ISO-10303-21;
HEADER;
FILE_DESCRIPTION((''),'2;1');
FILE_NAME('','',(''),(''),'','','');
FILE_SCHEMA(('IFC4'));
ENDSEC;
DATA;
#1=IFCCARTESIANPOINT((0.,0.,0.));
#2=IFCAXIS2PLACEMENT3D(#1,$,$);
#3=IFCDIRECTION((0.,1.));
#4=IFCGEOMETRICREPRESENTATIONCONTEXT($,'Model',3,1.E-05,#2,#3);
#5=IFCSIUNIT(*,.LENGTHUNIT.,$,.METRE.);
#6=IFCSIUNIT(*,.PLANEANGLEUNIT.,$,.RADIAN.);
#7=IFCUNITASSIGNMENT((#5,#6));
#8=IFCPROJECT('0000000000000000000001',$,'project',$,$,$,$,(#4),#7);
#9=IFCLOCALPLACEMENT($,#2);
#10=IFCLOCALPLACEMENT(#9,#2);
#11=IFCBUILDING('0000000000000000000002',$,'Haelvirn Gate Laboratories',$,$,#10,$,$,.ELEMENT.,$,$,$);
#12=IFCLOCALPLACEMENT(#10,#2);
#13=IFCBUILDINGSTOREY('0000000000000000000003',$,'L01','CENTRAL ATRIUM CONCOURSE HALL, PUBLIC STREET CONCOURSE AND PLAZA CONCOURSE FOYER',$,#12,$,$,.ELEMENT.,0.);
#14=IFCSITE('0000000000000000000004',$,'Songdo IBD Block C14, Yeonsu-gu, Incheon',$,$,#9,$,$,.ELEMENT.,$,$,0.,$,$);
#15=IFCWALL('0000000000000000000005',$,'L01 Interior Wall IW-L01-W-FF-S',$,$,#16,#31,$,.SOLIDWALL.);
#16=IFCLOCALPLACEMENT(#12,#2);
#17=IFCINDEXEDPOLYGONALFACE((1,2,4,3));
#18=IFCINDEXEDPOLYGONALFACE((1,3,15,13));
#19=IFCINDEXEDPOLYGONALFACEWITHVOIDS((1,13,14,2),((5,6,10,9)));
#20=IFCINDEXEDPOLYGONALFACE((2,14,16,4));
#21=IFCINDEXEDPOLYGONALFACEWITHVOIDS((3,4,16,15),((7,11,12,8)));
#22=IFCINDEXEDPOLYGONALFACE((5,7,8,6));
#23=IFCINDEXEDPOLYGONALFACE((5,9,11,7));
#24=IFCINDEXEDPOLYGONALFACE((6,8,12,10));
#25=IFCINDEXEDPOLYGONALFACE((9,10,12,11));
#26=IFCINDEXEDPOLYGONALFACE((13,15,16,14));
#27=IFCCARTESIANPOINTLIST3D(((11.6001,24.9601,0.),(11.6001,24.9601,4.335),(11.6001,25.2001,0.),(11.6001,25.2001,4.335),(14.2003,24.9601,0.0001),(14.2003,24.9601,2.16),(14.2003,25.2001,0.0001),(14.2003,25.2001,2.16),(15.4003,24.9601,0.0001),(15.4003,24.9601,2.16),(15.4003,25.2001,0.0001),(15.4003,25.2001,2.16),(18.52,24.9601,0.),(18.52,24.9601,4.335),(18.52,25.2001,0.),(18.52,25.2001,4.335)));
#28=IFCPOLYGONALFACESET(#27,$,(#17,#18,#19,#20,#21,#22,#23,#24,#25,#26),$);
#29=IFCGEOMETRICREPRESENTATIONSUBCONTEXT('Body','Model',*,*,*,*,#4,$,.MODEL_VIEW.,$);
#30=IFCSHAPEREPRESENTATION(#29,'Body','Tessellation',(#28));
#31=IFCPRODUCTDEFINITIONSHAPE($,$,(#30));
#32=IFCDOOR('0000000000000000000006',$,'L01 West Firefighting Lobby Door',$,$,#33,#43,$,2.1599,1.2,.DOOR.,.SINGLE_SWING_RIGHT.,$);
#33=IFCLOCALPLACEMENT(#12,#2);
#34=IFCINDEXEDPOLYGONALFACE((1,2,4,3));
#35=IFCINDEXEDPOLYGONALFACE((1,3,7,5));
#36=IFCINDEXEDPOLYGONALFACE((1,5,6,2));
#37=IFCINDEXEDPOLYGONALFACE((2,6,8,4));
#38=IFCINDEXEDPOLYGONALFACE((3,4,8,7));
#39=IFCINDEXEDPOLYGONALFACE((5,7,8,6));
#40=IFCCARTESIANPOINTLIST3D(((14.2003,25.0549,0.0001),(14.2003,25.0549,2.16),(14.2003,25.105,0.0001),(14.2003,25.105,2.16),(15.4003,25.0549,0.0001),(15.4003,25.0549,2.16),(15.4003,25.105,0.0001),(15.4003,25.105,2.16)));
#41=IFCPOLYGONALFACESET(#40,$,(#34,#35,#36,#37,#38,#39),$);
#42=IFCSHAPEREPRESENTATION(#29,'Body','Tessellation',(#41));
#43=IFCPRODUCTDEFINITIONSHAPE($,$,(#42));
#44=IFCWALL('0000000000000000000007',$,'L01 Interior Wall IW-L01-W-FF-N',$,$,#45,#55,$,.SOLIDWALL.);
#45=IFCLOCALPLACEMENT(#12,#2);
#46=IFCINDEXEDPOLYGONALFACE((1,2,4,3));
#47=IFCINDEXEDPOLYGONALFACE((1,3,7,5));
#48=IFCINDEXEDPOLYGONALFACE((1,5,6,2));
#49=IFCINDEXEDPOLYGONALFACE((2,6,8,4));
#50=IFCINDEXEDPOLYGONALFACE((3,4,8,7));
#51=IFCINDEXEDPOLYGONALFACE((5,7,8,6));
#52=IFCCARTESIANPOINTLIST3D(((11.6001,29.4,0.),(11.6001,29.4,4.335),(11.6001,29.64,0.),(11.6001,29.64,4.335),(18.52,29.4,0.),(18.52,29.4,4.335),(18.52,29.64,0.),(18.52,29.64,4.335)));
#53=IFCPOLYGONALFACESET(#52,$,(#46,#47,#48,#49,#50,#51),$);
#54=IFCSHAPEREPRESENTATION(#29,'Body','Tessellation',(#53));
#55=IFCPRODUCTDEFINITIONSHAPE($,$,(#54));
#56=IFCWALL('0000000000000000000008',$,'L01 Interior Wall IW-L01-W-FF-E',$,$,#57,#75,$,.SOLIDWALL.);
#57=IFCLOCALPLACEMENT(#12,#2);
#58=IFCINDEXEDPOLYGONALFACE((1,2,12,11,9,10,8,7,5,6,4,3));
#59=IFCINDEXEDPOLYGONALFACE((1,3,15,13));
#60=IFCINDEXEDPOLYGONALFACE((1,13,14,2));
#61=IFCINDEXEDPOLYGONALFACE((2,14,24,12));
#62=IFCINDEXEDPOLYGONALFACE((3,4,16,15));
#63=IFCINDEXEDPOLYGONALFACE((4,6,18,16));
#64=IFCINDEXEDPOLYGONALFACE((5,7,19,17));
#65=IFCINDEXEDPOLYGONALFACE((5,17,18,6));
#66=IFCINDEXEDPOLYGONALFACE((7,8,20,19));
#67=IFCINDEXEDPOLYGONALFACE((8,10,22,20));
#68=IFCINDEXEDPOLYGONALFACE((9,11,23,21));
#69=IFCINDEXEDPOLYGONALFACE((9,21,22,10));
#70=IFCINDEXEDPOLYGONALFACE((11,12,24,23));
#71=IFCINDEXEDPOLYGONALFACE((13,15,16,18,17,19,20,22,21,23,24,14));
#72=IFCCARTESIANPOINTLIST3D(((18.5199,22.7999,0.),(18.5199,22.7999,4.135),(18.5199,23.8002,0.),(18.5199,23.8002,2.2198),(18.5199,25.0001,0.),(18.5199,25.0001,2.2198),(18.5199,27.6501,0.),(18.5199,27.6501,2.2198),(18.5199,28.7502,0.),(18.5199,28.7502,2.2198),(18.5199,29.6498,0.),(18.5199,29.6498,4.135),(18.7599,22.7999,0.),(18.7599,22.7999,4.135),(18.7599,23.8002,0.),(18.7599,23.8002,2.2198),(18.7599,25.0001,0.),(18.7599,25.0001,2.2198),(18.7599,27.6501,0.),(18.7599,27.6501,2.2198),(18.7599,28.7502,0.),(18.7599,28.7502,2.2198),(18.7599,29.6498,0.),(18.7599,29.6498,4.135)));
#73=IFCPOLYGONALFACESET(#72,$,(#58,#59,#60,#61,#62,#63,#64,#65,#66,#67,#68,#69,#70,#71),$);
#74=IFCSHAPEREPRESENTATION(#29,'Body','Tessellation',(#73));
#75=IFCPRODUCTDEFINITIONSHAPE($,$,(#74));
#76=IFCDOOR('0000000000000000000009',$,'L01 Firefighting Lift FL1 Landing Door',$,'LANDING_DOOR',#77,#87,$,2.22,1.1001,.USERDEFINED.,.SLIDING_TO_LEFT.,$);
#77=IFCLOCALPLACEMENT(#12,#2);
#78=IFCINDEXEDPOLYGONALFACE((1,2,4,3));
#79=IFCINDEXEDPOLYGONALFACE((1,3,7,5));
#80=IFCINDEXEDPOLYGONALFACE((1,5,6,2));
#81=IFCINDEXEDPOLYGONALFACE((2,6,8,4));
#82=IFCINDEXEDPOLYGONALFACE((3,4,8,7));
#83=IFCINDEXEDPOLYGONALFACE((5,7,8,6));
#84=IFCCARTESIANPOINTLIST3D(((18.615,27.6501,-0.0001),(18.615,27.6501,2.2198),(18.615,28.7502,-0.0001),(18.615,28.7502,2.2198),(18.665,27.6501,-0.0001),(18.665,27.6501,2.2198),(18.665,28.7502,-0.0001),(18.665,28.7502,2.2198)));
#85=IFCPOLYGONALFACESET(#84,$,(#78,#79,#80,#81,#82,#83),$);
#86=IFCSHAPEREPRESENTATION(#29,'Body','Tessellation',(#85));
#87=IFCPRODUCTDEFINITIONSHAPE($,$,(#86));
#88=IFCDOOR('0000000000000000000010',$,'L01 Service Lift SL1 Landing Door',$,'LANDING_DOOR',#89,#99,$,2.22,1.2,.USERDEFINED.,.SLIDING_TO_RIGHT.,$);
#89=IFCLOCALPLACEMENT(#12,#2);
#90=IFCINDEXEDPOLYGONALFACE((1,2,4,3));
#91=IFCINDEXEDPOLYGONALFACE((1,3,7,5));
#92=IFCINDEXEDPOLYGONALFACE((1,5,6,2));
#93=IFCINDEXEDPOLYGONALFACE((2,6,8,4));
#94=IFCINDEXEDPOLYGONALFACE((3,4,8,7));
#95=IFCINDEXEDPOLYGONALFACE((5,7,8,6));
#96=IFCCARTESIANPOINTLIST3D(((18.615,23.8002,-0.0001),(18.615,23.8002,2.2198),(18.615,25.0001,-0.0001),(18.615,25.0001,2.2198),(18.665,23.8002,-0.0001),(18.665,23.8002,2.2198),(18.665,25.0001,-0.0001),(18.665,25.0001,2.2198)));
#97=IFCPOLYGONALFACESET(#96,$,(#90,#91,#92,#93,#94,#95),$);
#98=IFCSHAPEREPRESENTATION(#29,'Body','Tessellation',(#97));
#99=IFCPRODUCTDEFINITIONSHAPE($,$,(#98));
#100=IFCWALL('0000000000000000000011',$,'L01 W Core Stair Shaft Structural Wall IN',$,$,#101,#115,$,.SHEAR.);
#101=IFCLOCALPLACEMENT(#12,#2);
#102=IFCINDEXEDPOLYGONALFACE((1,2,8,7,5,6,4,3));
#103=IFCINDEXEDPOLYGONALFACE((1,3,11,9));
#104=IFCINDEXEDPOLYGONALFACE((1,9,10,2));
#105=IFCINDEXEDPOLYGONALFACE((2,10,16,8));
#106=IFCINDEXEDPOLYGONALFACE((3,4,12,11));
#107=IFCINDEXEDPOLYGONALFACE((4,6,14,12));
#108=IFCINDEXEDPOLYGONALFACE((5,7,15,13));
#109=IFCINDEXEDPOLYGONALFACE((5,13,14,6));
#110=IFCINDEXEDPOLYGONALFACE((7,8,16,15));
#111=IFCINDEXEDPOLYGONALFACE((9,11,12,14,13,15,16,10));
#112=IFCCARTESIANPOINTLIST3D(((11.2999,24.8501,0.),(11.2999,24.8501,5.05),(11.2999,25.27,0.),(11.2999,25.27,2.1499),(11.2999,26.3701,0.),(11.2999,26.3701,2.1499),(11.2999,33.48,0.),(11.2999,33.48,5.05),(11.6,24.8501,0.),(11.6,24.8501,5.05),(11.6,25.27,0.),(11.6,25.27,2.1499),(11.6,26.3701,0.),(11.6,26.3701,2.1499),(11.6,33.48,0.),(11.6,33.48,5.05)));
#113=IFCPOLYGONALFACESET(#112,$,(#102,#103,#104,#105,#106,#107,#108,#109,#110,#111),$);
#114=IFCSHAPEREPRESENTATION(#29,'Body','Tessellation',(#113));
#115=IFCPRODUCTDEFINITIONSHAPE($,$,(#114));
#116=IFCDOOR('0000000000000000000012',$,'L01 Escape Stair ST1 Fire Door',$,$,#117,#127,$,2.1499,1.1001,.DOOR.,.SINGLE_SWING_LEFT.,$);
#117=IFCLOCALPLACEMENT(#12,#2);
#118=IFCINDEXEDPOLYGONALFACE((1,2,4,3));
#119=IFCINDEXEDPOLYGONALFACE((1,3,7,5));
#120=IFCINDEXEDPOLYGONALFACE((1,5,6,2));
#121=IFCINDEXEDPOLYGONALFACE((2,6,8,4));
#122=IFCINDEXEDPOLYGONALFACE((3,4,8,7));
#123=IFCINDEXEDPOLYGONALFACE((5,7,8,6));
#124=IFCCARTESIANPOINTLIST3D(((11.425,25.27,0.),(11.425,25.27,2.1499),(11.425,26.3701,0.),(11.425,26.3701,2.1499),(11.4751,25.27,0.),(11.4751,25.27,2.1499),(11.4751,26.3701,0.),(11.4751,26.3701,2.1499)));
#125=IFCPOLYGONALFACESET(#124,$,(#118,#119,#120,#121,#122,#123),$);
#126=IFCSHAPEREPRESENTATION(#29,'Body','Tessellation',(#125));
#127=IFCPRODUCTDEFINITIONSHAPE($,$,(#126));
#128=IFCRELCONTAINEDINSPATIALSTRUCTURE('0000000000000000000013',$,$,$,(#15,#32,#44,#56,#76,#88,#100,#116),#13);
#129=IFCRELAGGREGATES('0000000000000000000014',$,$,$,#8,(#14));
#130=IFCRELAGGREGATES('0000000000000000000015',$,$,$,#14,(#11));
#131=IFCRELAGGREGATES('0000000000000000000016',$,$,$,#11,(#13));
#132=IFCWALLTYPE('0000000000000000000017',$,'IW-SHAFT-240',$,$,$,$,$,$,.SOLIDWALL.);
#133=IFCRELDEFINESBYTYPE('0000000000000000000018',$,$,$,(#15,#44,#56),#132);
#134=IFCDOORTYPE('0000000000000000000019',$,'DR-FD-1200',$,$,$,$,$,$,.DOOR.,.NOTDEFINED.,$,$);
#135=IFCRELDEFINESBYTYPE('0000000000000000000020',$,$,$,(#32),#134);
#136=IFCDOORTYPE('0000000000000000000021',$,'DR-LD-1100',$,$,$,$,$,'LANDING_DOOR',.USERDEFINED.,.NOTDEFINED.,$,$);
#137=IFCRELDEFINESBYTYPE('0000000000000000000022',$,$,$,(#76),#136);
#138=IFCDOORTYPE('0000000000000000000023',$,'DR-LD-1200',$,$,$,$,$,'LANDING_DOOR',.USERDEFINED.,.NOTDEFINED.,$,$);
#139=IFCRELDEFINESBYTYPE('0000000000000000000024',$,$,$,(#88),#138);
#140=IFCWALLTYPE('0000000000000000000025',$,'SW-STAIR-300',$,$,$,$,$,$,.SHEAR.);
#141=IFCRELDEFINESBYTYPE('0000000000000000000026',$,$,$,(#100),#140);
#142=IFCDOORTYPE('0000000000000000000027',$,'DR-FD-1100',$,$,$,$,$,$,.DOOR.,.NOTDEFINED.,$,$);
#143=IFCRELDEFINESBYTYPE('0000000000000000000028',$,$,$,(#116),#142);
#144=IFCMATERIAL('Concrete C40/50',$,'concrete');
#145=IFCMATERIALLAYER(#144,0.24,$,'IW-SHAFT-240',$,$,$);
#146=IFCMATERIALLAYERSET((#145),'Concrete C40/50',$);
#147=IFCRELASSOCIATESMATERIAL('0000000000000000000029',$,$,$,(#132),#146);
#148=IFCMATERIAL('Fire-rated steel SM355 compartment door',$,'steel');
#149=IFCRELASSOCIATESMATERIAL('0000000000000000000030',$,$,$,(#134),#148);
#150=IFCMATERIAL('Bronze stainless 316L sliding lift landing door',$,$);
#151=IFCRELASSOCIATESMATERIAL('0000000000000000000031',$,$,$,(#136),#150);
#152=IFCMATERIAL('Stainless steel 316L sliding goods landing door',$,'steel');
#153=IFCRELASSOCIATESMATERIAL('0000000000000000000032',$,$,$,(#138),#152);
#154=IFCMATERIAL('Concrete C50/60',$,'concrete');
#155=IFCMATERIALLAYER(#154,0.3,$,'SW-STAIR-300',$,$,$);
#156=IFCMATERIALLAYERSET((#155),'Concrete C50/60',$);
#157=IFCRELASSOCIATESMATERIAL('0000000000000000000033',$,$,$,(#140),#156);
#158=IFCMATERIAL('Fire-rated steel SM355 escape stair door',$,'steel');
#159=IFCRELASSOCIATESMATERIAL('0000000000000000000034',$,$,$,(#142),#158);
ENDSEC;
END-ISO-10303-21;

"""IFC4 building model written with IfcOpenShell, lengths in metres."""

from ifc_helpers import new_model, si_unit, direction, frame, frame_2d, origin, place, context, subcontext, project, spatial, rectangle, extrude, source, transform, mapped, material, layer, layer_set, type_object, type_shapes, element, fill, save


model = new_model("IFC4")

# Units and contexts
model_context = context("Model", 3, precision=1e-05, world=origin(), true_north=direction((0.0, 1.0)))
body_context = subcontext(model_context, "Body", "Model", "MODEL_VIEW")
ifc_project = project(units=[si_unit("LENGTHUNIT", "METRE"), si_unit("PLANEANGLEUNIT", "RADIAN")], contexts=[model_context])

# Site, building, storey
site_placement = place(None, origin())
site = spatial("IfcSite", under=ifc_project, at=site_placement, Name="Songdo IBD Block C14, Yeonsu-gu, Incheon", CompositionType="ELEMENT", RefElevation=0.0)
building_placement = place(site_placement, origin())
building = spatial("IfcBuilding", under=site, at=building_placement, Name="Haelvirn Gate Laboratories", CompositionType="ELEMENT")
storey_placement = place(building_placement, origin())
storey = spatial("IfcBuildingStorey", under=building, at=storey_placement, Name="L01", Description="CENTRAL ATRIUM CONCOURSE HALL, PUBLIC STREET CONCOURSE AND PLAZA CONCOURSE FOYER", CompositionType="ELEMENT", Elevation=0.0)

# Shared definitions
ifc_material_1 = material(Name="Concrete C40/50", Category="concrete")

# Wall, opening, door
ifc_layer_1 = layer(ifc_material_1, 0.24, Name="IW-SHAFT-240")
ifc_layer_set_1 = layer_set([ifc_layer_1], Name="Concrete C40/50")
wall_type_1 = type_object("IfcWallType", Name="IW-SHAFT-240", PredefinedType="SOLIDWALL", material=ifc_layer_set_1)
wall_1_placement = place(storey_placement, frame((11.6001, 25.0801, 0.0), z_axis=(0.0, 0.0, 1.0), x_axis=(1.0, 0.0, 0.0)))
wall_1 = element("IfcWall", 1, at=wall_1_placement, inside=storey, type_object=wall_type_1, Name="L01 Interior Wall IW-L01-W-FF-S", PredefinedType="SOLIDWALL", context=body_context, shape_type="SweptSolid", body=[
    extrude(rectangle(XDim=6.9199, YDim=0.24, at=frame_2d((3.46, 0.0))), origin(), (0.0, 0.0, 1.0), 4.335),
])
opening_1_placement = place(wall_1_placement, frame((2.6001, 0.0, 0.0)))
opening_1 = element("IfcOpeningElement", 2, at=opening_1_placement, cuts=wall_1, PredefinedType="OPENING", context=body_context, shape_type="SweptSolid", body=[
    extrude(rectangle(XDim=1.2, YDim=2.1599, at=frame_2d((0.6001, 1.0801))), frame((0.0, 0.1299, 0.0), z_axis=(0.0, -1.0, 0.0), x_axis=(1.0, 0.0, 0.0)), (0.0, 0.0, 1.0), 0.26),
])
ifc_material_2 = material(Name="Fire-rated steel SM355 compartment door", Category="steel")
door_type_1 = type_object("IfcDoorType", Name="DR-FD-1200", OperationType="NOTDEFINED", PredefinedType="DOOR", material=ifc_material_2)
shared_shape_1 = source(origin(), body_context, "Body", "SweptSolid", [
    extrude(rectangle(XDim=1.2, YDim=2.1599, at=frame_2d((0.6001, 1.0801))), frame((0.0, 0.0249, 0.0), z_axis=(0.0, -1.0, 0.0), x_axis=(1.0, 0.0, 0.0)), (0.0, 0.0, 1.0), 0.05),
])
type_shapes(door_type_1, [shared_shape_1])
door_1_placement = place(opening_1_placement, origin())
door_1 = element("IfcDoor", 3, at=door_1_placement, inside=storey, type_object=door_type_1, Name="L01 West Firefighting Lobby Door", OperationType="SINGLE_SWING_RIGHT", OverallHeight=2.1599, OverallWidth=1.2, PredefinedType="DOOR", context=body_context, shape_type="MappedRepresentation", body=[
    mapped(shared_shape_1, transform((0.0, 0.0, 0.0), scale=1.0)),
])
fill(opening_1, door_1)

# Wall
wall_2_placement = place(storey_placement, frame((11.6001, 29.52, 0.0), z_axis=(0.0, 0.0, 1.0), x_axis=(1.0, 0.0, 0.0)))
element("IfcWall", 4, at=wall_2_placement, inside=storey, type_object=wall_type_1, Name="L01 Interior Wall IW-L01-W-FF-N", PredefinedType="SOLIDWALL", context=body_context, shape_type="SweptSolid", body=[
    extrude(rectangle(XDim=6.9199, YDim=0.24, at=frame_2d((3.46, 0.0))), origin(), (0.0, 0.0, 1.0), 4.335),
])

# Wall, openings, doors
wall_3_placement = place(storey_placement, frame((18.6399, 22.8, 0.0), z_axis=(0.0, 0.0, 1.0), x_axis=(0.0, 1.0, 0.0)))
wall_3 = element("IfcWall", 5, at=wall_3_placement, inside=storey, type_object=wall_type_1, Name="L01 Interior Wall IW-L01-W-FF-E", PredefinedType="SOLIDWALL", context=body_context, shape_type="SweptSolid", body=[
    extrude(rectangle(XDim=6.8499, YDim=0.24, at=frame_2d((3.4248, 0.0))), origin(), (0.0, 0.0, 1.0), 4.135),
])
opening_2_placement = place(wall_3_placement, frame((4.8501, 0.0, 0.0)))
opening_2 = element("IfcOpeningElement", 6, at=opening_2_placement, cuts=wall_3, PredefinedType="OPENING", context=body_context, shape_type="SweptSolid", body=[
    extrude(rectangle(XDim=1.1001, YDim=2.22, at=frame_2d((0.55, 1.1099))), frame((0.0, 0.1299, 0.0), z_axis=(0.0, -1.0, 0.0), x_axis=(1.0, 0.0, 0.0)), (0.0, 0.0, 1.0), 0.26),
])
opening_3_placement = place(wall_3_placement, frame((1.0, 0.0, 0.0)))
opening_3 = element("IfcOpeningElement", 7, at=opening_3_placement, cuts=wall_3, PredefinedType="OPENING", context=body_context, shape_type="SweptSolid", body=[
    extrude(rectangle(XDim=1.2, YDim=2.22, at=frame_2d((0.6001, 1.1099))), frame((0.0, 0.1299, 0.0), z_axis=(0.0, -1.0, 0.0), x_axis=(1.0, 0.0, 0.0)), (0.0, 0.0, 1.0), 0.26),
])
ifc_material_3 = material(Name="Bronze stainless 316L sliding lift landing door")
door_type_2 = type_object("IfcDoorType", Name="DR-LD-1100", ElementType="LANDING_DOOR", OperationType="NOTDEFINED", PredefinedType="USERDEFINED", material=ifc_material_3)
shared_shape_2 = source(origin(), body_context, "Body", "SweptSolid", [
    extrude(rectangle(XDim=1.1001, YDim=2.22, at=frame_2d((0.55, 1.1099))), frame((0.0, 0.0249, 0.0), z_axis=(0.0, -1.0, 0.0), x_axis=(1.0, 0.0, 0.0)), (0.0, 0.0, 1.0), 0.05),
])
type_shapes(door_type_2, [shared_shape_2])
door_2_placement = place(opening_2_placement, origin())
door_2 = element("IfcDoor", 8, at=door_2_placement, inside=storey, type_object=door_type_2, Name="L01 Firefighting Lift FL1 Landing Door", ObjectType="LANDING_DOOR", OperationType="SLIDING_TO_LEFT", OverallHeight=2.22, OverallWidth=1.1001, PredefinedType="USERDEFINED", context=body_context, shape_type="MappedRepresentation", body=[
    mapped(shared_shape_2, transform((0.0, 0.0, 0.0), scale=1.0)),
])
fill(opening_2, door_2)
ifc_material_4 = material(Name="Stainless steel 316L sliding goods landing door", Category="steel")
door_type_3 = type_object("IfcDoorType", Name="DR-LD-1200", ElementType="LANDING_DOOR", OperationType="NOTDEFINED", PredefinedType="USERDEFINED", material=ifc_material_4)
shared_shape_3 = source(origin(), body_context, "Body", "SweptSolid", [
    extrude(rectangle(XDim=1.2, YDim=2.22, at=frame_2d((0.6001, 1.1099))), frame((0.0, 0.0249, 0.0), z_axis=(0.0, -1.0, 0.0), x_axis=(1.0, 0.0, 0.0)), (0.0, 0.0, 1.0), 0.05),
])
type_shapes(door_type_3, [shared_shape_3])
door_3_placement = place(opening_3_placement, origin())
door_3 = element("IfcDoor", 9, at=door_3_placement, inside=storey, type_object=door_type_3, Name="L01 Service Lift SL1 Landing Door", ObjectType="LANDING_DOOR", OperationType="SLIDING_TO_RIGHT", OverallHeight=2.22, OverallWidth=1.2, PredefinedType="USERDEFINED", context=body_context, shape_type="MappedRepresentation", body=[
    mapped(shared_shape_3, transform((0.0, 0.0, 0.0), scale=1.0)),
])
fill(opening_3, door_3)

# Wall, opening, door
ifc_material_5 = material(Name="Concrete C50/60", Category="concrete")
ifc_layer_2 = layer(ifc_material_5, 0.3, Name="SW-STAIR-300")
ifc_layer_set_2 = layer_set([ifc_layer_2], Name="Concrete C50/60")
wall_type_2 = type_object("IfcWallType", Name="SW-STAIR-300", PredefinedType="SHEAR", material=ifc_layer_set_2)
wall_4_placement = place(storey_placement, frame((11.45, 24.8501, 0.0), z_axis=(0.0, 0.0, 1.0), x_axis=(0.0, 1.0, 0.0)))
wall_4 = element("IfcWall", 10, at=wall_4_placement, inside=storey, type_object=wall_type_2, Name="L01 W Core Stair Shaft Structural Wall IN", PredefinedType="SHEAR", context=body_context, shape_type="SweptSolid", body=[
    extrude(rectangle(XDim=8.6299, YDim=0.3, at=frame_2d((4.3149, 0.0))), origin(), (0.0, 0.0, 1.0), 5.05),
])
opening_4_placement = place(wall_4_placement, frame((0.4199, 0.0, 0.0)))
opening_4 = element("IfcOpeningElement", 11, at=opening_4_placement, cuts=wall_4, PredefinedType="OPENING", context=body_context, shape_type="SweptSolid", body=[
    extrude(rectangle(XDim=1.1001, YDim=2.1499, at=frame_2d((0.55, 1.075))), frame((0.0, 0.1602, 0.0), z_axis=(0.0, -1.0, 0.0), x_axis=(1.0, 0.0, 0.0)), (0.0, 0.0, 1.0), 0.3201),
])
ifc_material_6 = material(Name="Fire-rated steel SM355 escape stair door", Category="steel")
door_type_4 = type_object("IfcDoorType", Name="DR-FD-1100", OperationType="NOTDEFINED", PredefinedType="DOOR", material=ifc_material_6)
shared_shape_4 = source(origin(), body_context, "Body", "SweptSolid", [
    extrude(rectangle(XDim=1.1001, YDim=2.1499, at=frame_2d((0.55, 1.075))), frame((0.0, 0.0249, 0.0), z_axis=(0.0, -1.0, 0.0), x_axis=(1.0, 0.0, 0.0)), (0.0, 0.0, 1.0), 0.05),
])
type_shapes(door_type_4, [shared_shape_4])
door_4_placement = place(opening_4_placement, origin())
door_4 = element("IfcDoor", 12, at=door_4_placement, inside=storey, type_object=door_type_4, Name="L01 Escape Stair ST1 Fire Door", OperationType="SINGLE_SWING_LEFT", OverallHeight=2.1499, OverallWidth=1.1001, PredefinedType="DOOR", context=body_context, shape_type="MappedRepresentation", body=[
    mapped(shared_shape_4, transform((0.0, 0.0, 0.0), scale=1.0)),
])
fill(opening_4, door_4)

save(model, "model.ifc")
